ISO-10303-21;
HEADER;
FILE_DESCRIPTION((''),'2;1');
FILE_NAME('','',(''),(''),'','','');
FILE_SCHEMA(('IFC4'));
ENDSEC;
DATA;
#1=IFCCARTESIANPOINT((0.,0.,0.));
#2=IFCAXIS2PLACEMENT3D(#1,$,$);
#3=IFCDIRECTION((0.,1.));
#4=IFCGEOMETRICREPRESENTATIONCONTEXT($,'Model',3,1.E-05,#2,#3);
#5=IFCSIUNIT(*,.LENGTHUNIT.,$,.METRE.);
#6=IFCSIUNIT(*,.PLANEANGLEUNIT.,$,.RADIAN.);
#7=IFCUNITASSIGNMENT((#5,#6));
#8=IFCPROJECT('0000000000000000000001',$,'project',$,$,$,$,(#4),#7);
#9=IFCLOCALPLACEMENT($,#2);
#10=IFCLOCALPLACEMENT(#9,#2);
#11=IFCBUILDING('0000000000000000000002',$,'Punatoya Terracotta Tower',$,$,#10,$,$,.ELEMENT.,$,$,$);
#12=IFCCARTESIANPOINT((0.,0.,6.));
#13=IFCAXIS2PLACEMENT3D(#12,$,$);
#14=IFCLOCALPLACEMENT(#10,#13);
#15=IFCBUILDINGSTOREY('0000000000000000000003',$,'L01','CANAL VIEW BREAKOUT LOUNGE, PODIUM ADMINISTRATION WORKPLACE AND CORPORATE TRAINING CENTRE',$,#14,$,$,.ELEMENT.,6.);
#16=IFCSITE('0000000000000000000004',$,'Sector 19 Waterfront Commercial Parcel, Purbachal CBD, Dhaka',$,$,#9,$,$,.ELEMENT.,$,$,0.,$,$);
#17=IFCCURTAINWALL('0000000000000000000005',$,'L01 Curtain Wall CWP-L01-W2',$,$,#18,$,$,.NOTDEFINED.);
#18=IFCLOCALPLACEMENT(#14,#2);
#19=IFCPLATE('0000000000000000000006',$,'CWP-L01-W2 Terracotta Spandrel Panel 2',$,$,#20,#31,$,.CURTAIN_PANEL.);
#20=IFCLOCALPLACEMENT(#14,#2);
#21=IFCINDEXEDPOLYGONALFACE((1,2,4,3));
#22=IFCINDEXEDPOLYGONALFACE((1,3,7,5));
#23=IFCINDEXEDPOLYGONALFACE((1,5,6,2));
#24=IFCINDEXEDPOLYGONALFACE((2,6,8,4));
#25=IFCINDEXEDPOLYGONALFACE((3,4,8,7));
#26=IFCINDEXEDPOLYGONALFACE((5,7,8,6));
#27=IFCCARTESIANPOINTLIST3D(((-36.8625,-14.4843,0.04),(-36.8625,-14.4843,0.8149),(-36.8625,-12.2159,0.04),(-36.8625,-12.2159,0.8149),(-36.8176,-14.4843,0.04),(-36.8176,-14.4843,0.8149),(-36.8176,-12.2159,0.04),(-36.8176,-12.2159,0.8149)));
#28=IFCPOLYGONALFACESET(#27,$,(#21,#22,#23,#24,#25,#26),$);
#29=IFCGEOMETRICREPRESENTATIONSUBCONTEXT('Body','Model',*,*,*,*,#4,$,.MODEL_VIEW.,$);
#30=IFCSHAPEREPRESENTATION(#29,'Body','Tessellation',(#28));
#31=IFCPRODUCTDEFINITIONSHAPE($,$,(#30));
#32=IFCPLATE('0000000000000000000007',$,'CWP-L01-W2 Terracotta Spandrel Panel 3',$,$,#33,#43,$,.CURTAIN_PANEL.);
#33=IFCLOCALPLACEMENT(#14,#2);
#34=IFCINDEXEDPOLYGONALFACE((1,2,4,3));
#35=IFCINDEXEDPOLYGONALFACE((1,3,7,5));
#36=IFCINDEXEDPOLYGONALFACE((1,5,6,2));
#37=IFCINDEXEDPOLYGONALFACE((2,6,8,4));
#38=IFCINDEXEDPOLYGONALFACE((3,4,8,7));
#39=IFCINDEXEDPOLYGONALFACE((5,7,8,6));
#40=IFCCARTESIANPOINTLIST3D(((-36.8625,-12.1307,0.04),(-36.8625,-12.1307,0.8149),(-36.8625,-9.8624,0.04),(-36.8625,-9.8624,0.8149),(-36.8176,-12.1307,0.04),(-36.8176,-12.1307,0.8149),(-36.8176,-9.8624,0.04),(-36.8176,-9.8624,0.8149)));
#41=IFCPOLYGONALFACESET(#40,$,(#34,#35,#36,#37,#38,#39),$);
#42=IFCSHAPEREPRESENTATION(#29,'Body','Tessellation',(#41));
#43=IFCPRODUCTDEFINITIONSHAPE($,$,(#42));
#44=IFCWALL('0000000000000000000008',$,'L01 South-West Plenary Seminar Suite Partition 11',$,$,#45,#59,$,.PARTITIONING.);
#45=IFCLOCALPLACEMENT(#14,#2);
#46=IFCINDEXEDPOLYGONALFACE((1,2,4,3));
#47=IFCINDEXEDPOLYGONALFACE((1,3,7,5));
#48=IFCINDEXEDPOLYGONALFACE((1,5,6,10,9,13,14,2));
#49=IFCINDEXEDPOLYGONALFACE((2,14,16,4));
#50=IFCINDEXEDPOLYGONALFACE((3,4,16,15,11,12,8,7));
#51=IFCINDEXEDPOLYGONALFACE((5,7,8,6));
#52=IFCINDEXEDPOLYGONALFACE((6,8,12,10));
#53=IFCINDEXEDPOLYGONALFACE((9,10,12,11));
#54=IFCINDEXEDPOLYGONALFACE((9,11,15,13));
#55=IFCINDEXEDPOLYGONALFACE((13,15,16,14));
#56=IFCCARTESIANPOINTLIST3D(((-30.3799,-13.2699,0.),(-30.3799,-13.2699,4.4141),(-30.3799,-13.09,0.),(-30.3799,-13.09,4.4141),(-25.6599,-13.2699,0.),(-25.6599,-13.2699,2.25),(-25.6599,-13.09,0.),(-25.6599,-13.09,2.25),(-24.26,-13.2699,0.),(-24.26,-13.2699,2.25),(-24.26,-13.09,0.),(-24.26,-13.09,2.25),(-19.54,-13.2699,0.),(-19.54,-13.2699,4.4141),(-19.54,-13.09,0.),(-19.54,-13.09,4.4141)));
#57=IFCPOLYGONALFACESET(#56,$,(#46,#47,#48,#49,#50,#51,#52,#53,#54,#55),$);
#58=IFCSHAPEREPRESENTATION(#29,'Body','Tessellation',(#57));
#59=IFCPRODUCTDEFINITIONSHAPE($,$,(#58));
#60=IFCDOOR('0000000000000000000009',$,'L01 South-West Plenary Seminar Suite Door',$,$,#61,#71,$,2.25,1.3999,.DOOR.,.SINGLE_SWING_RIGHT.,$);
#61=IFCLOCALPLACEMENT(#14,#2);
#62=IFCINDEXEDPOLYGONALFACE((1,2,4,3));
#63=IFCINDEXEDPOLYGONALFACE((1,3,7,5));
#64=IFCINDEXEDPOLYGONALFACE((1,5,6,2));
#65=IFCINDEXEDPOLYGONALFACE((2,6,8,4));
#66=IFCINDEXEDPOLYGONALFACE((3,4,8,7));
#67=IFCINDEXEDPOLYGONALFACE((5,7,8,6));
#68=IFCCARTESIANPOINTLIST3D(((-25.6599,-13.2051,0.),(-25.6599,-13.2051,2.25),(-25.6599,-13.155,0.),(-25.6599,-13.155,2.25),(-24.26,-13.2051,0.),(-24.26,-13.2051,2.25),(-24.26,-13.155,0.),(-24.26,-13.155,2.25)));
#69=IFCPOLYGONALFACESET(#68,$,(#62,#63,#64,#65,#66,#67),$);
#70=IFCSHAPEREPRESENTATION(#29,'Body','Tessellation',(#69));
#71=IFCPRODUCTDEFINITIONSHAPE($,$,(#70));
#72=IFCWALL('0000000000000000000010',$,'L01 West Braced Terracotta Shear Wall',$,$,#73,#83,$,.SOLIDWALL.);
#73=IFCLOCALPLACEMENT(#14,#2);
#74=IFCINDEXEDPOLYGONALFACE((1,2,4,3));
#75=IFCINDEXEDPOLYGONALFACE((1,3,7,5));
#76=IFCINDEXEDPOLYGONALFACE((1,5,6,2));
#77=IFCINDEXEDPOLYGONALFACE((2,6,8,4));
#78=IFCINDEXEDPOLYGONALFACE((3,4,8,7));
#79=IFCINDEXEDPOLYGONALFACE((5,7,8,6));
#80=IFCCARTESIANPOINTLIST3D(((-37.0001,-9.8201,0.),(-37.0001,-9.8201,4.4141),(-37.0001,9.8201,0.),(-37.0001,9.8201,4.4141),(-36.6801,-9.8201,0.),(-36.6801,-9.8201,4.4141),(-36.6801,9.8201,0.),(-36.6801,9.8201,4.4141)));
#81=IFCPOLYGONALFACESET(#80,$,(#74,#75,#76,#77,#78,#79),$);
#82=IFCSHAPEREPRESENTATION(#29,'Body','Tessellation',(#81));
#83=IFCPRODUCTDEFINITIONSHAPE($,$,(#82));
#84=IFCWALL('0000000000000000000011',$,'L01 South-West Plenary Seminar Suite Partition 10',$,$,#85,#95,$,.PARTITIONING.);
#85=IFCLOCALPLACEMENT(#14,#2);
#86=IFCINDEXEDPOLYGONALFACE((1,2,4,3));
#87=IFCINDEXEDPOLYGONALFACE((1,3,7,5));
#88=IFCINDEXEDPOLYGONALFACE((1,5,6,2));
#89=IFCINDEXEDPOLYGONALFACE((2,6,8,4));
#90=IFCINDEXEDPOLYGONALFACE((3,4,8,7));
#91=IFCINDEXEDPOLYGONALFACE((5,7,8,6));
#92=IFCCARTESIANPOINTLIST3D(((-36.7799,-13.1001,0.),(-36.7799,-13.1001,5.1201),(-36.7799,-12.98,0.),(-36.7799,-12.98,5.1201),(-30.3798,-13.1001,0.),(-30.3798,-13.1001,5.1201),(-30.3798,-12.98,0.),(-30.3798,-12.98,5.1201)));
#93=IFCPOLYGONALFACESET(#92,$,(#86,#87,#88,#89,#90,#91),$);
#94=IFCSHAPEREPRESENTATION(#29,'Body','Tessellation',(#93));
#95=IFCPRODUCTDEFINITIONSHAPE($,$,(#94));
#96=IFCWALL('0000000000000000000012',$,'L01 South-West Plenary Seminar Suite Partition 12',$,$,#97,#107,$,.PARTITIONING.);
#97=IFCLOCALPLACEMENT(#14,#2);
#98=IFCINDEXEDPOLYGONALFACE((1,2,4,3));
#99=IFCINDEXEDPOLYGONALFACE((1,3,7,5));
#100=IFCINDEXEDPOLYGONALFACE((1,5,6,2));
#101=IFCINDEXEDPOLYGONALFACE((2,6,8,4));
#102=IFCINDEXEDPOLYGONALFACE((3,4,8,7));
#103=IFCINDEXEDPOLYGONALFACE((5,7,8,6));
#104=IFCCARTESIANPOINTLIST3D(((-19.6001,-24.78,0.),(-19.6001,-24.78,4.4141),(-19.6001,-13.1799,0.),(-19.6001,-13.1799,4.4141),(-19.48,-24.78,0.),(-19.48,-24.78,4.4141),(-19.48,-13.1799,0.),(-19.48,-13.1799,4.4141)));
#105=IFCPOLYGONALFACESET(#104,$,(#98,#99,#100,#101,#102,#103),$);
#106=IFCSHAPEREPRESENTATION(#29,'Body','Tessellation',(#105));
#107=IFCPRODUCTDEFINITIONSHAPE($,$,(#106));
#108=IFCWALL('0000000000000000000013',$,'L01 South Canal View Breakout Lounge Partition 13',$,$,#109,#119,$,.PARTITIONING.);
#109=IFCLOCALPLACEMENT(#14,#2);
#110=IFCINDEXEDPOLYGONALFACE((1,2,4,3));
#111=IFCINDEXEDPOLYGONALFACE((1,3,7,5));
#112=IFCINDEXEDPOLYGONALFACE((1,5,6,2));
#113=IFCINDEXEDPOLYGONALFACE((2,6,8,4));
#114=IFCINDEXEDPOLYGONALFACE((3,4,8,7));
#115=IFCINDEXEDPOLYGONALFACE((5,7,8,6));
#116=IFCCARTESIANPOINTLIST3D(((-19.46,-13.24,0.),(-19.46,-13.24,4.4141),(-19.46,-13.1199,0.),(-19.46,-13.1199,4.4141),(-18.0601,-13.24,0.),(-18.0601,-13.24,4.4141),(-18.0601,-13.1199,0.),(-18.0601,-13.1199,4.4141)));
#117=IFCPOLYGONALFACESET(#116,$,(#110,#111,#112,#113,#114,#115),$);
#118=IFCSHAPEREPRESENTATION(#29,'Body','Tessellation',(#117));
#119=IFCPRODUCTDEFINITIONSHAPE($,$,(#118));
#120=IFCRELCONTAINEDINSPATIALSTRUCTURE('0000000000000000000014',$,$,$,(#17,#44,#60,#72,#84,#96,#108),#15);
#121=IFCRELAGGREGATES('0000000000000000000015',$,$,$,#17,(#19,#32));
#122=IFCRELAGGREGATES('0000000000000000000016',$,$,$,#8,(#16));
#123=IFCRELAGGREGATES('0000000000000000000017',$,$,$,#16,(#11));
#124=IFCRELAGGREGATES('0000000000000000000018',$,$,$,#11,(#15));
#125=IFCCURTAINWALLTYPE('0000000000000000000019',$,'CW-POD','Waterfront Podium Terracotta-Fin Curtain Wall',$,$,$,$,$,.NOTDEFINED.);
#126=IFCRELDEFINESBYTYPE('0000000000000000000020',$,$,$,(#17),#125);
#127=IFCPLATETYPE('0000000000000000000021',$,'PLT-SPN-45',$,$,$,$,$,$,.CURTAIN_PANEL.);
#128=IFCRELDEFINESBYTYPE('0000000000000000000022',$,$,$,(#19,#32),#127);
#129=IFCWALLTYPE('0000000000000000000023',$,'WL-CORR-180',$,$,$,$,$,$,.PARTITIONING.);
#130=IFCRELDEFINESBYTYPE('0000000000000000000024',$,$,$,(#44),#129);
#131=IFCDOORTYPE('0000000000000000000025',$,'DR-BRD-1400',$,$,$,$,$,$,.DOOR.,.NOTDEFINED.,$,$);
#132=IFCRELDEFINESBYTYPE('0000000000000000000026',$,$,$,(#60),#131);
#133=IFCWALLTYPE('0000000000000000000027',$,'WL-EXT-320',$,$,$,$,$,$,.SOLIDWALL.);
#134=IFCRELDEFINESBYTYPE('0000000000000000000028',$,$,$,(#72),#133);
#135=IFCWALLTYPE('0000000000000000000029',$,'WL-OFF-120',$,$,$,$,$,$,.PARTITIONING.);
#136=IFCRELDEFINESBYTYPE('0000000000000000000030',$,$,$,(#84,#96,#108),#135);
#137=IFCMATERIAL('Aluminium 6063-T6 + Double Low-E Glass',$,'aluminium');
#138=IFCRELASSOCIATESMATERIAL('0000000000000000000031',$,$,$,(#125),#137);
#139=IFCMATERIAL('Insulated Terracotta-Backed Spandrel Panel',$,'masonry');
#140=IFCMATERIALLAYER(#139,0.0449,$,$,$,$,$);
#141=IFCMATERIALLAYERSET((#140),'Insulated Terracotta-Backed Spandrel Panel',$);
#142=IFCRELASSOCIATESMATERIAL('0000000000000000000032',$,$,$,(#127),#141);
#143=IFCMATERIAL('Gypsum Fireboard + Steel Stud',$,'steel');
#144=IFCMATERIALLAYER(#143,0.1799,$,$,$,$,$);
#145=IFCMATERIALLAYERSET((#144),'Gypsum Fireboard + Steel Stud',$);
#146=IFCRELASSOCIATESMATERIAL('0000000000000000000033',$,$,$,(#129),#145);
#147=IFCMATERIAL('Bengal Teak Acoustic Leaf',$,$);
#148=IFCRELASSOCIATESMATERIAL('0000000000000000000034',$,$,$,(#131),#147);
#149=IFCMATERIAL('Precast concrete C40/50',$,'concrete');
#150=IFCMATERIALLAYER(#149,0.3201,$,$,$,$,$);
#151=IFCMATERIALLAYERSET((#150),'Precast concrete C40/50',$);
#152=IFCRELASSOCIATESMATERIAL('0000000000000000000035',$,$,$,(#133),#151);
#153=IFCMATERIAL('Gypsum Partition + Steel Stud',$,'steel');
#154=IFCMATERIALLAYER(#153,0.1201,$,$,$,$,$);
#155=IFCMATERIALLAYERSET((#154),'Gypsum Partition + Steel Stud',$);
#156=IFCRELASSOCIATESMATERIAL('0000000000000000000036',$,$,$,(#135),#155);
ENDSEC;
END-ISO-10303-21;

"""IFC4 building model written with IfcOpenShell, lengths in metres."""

from ifc_helpers import new_model, si_unit, direction, frame, frame_2d, origin, origin_2d, place, context, subcontext, project, spatial, rectangle, extrude, material, layer, layer_set, type_object, element, fill, aggregate, save


model = new_model("IFC4")

# Units and contexts
model_context = context("Model", 3, precision=1e-05, world=origin(), true_north=direction((0.0, 1.0)))
body_context = subcontext(model_context, "Body", "Model", "MODEL_VIEW")
ifc_project = project(units=[si_unit("LENGTHUNIT", "METRE"), si_unit("PLANEANGLEUNIT", "RADIAN")], contexts=[model_context])

# Site, building, storey
site_placement = place(None, origin())
site = spatial("IfcSite", under=ifc_project, at=site_placement, Name="Sector 19 Waterfront Commercial Parcel, Purbachal CBD, Dhaka", CompositionType="ELEMENT", RefElevation=0.0)
building_placement = place(site_placement, origin())
building = spatial("IfcBuilding", under=site, at=building_placement, Name="Punatoya Terracotta Tower", CompositionType="ELEMENT")
storey_placement = place(building_placement, frame((0.0, 0.0, 6.0)))
storey = spatial("IfcBuildingStorey", under=building, at=storey_placement, Name="L01", Description="CANAL VIEW BREAKOUT LOUNGE, PODIUM ADMINISTRATION WORKPLACE AND CORPORATE TRAINING CENTRE", CompositionType="ELEMENT", Elevation=6.0)

# Curtain wall, plates
ifc_material_1 = material(Name="Aluminium 6063-T6 + Double Low-E Glass", Category="aluminium")
curtain_wall_type = type_object("IfcCurtainWallType", Name="CW-POD", Description="Waterfront Podium Terracotta-Fin Curtain Wall", PredefinedType="NOTDEFINED", material=ifc_material_1)
curtain_wall_placement = place(storey_placement, origin())
curtain_wall = element("IfcCurtainWall", 1, at=curtain_wall_placement, inside=storey, type_object=curtain_wall_type, Name="L01 Curtain Wall CWP-L01-W2", PredefinedType="NOTDEFINED")
ifc_material_2 = material(Name="Insulated Terracotta-Backed Spandrel Panel", Category="masonry")
ifc_layer_1 = layer(ifc_material_2, 0.0449)
ifc_layer_set_1 = layer_set([ifc_layer_1], Name="Insulated Terracotta-Backed Spandrel Panel")
plate_type_1 = type_object("IfcPlateType", Name="PLT-SPN-45", PredefinedType="CURTAIN_PANEL", material=ifc_layer_set_1)
plate_1_placement = place(storey_placement, frame((-36.8401, -13.3501, 0.04), z_axis=(0.0, 0.0, 1.0), x_axis=(0.0, 1.0, 0.0)))
plate_1 = element("IfcPlate", 2, at=plate_1_placement, type_object=plate_type_1, Name="CWP-L01-W2 Terracotta Spandrel Panel 2", PredefinedType="CURTAIN_PANEL", context=body_context, shape_type="SweptSolid", body=[
    extrude(rectangle(XDim=2.2683, YDim=0.0449, at=origin_2d()), origin(), (0.0, 0.0, 1.0), 0.7749),
])
plate_2_placement = place(storey_placement, frame((-36.8401, -10.9966, 0.04), z_axis=(0.0, 0.0, 1.0), x_axis=(0.0, 1.0, 0.0)))
plate_2 = element("IfcPlate", 3, at=plate_2_placement, type_object=plate_type_1, Name="CWP-L01-W2 Terracotta Spandrel Panel 3", PredefinedType="CURTAIN_PANEL", context=body_context, shape_type="SweptSolid", body=[
    extrude(rectangle(XDim=2.2683, YDim=0.0449, at=origin_2d()), origin(), (0.0, 0.0, 1.0), 0.7749),
])
aggregate(curtain_wall, [plate_1, plate_2])

# Wall, opening, door
ifc_material_3 = material(Name="Gypsum Fireboard + Steel Stud", Category="steel")
ifc_layer_2 = layer(ifc_material_3, 0.1799)
ifc_layer_set_2 = layer_set([ifc_layer_2], Name="Gypsum Fireboard + Steel Stud")
wall_type_1 = type_object("IfcWallType", Name="WL-CORR-180", PredefinedType="PARTITIONING", material=ifc_layer_set_2)
wall_1_placement = place(storey_placement, frame((-30.3799, -13.1799, 0.0), z_axis=(0.0, 0.0, 1.0), x_axis=(1.0, 0.0, 0.0)))
wall_1 = element("IfcWall", 4, at=wall_1_placement, inside=storey, type_object=wall_type_1, Name="L01 South-West Plenary Seminar Suite Partition 11", PredefinedType="PARTITIONING", context=body_context, shape_type="SweptSolid", body=[
    extrude(rectangle(XDim=10.8398, YDim=0.1799, at=frame_2d((5.4199, 0.0))), origin(), (0.0, 0.0, 1.0), 4.4141),
])
opening_placement = place(wall_1_placement, frame((4.72, 0.0, 0.0)))
opening = element("IfcOpeningElement", 5, at=opening_placement, cuts=wall_1, PredefinedType="OPENING", context=body_context, shape_type="SweptSolid", body=[
    extrude(rectangle(XDim=1.3999, YDim=2.25, at=frame_2d((0.7, 1.125))), frame((0.0, 0.0999, 0.0), z_axis=(0.0, -1.0, 0.0), x_axis=(1.0, 0.0, 0.0)), (0.0, 0.0, 1.0), 0.2),
])
ifc_material_4 = material(Name="Bengal Teak Acoustic Leaf")
door_type = type_object("IfcDoorType", Name="DR-BRD-1400", OperationType="NOTDEFINED", PredefinedType="DOOR", material=ifc_material_4)
door_placement = place(opening_placement, origin())
door = element("IfcDoor", 6, at=door_placement, inside=storey, type_object=door_type, Name="L01 South-West Plenary Seminar Suite Door", OperationType="SINGLE_SWING_RIGHT", OverallHeight=2.25, OverallWidth=1.3999, PredefinedType="DOOR", context=body_context, shape_type="SweptSolid", body=[
    extrude(rectangle(XDim=1.3999, YDim=2.25, at=frame_2d((0.7, 1.125))), frame((0.0, 0.0249, 0.0), z_axis=(0.0, -1.0, 0.0), x_axis=(1.0, 0.0, 0.0)), (0.0, 0.0, 1.0), 0.05),
])
fill(opening, door)

# Walls
ifc_material_5 = material(Name="Precast concrete C40/50", Category="concrete")
ifc_layer_3 = layer(ifc_material_5, 0.3201)
ifc_layer_set_3 = layer_set([ifc_layer_3], Name="Precast concrete C40/50")
wall_type_2 = type_object("IfcWallType", Name="WL-EXT-320", PredefinedType="SOLIDWALL", material=ifc_layer_set_3)
wall_2_placement = place(storey_placement, frame((-36.8401, -9.8201, 0.0), z_axis=(0.0, 0.0, 1.0), x_axis=(0.0, 1.0, 0.0)))
element("IfcWall", 7, at=wall_2_placement, inside=storey, type_object=wall_type_2, Name="L01 West Braced Terracotta Shear Wall", PredefinedType="SOLIDWALL", context=body_context, shape_type="SweptSolid", body=[
    extrude(rectangle(XDim=19.6401, YDim=0.3201, at=frame_2d((9.8201, 0.0))), origin(), (0.0, 0.0, 1.0), 4.4141),
])
ifc_material_6 = material(Name="Gypsum Partition + Steel Stud", Category="steel")
ifc_layer_4 = layer(ifc_material_6, 0.1201)
ifc_layer_set_4 = layer_set([ifc_layer_4], Name="Gypsum Partition + Steel Stud")
wall_type_3 = type_object("IfcWallType", Name="WL-OFF-120", PredefinedType="PARTITIONING", material=ifc_layer_set_4)
wall_3_placement = place(storey_placement, frame((-36.78, -13.04, 0.0), z_axis=(0.0, 0.0, 1.0), x_axis=(1.0, 0.0, 0.0)))
element("IfcWall", 8, at=wall_3_placement, inside=storey, type_object=wall_type_3, Name="L01 South-West Plenary Seminar Suite Partition 10", PredefinedType="PARTITIONING", context=body_context, shape_type="SweptSolid", body=[
    extrude(rectangle(XDim=6.4001, YDim=0.1201, at=frame_2d((3.2002, 0.0))), origin(), (0.0, 0.0, 1.0), 5.1201),
])
wall_4_placement = place(storey_placement, frame((-19.54, -13.1799, 0.0), z_axis=(0.0, 0.0, 1.0), x_axis=(0.0, -1.0, 0.0)))
element("IfcWall", 9, at=wall_4_placement, inside=storey, type_object=wall_type_3, Name="L01 South-West Plenary Seminar Suite Partition 12", PredefinedType="PARTITIONING", context=body_context, shape_type="SweptSolid", body=[
    extrude(rectangle(XDim=11.6001, YDim=0.1201, at=frame_2d((5.8, 0.0))), origin(), (0.0, 0.0, 1.0), 4.4141),
])
wall_5_placement = place(storey_placement, frame((-19.46, -13.1799, 0.0), z_axis=(0.0, 0.0, 1.0), x_axis=(1.0, 0.0, 0.0)))
element("IfcWall", 10, at=wall_5_placement, inside=storey, type_object=wall_type_3, Name="L01 South Canal View Breakout Lounge Partition 13", PredefinedType="PARTITIONING", context=body_context, shape_type="SweptSolid", body=[
    extrude(rectangle(XDim=1.3999, YDim=0.1201, at=frame_2d((0.7, 0.0))), origin(), (0.0, 0.0, 1.0), 4.4141),
])

save(model, "model.ifc")
